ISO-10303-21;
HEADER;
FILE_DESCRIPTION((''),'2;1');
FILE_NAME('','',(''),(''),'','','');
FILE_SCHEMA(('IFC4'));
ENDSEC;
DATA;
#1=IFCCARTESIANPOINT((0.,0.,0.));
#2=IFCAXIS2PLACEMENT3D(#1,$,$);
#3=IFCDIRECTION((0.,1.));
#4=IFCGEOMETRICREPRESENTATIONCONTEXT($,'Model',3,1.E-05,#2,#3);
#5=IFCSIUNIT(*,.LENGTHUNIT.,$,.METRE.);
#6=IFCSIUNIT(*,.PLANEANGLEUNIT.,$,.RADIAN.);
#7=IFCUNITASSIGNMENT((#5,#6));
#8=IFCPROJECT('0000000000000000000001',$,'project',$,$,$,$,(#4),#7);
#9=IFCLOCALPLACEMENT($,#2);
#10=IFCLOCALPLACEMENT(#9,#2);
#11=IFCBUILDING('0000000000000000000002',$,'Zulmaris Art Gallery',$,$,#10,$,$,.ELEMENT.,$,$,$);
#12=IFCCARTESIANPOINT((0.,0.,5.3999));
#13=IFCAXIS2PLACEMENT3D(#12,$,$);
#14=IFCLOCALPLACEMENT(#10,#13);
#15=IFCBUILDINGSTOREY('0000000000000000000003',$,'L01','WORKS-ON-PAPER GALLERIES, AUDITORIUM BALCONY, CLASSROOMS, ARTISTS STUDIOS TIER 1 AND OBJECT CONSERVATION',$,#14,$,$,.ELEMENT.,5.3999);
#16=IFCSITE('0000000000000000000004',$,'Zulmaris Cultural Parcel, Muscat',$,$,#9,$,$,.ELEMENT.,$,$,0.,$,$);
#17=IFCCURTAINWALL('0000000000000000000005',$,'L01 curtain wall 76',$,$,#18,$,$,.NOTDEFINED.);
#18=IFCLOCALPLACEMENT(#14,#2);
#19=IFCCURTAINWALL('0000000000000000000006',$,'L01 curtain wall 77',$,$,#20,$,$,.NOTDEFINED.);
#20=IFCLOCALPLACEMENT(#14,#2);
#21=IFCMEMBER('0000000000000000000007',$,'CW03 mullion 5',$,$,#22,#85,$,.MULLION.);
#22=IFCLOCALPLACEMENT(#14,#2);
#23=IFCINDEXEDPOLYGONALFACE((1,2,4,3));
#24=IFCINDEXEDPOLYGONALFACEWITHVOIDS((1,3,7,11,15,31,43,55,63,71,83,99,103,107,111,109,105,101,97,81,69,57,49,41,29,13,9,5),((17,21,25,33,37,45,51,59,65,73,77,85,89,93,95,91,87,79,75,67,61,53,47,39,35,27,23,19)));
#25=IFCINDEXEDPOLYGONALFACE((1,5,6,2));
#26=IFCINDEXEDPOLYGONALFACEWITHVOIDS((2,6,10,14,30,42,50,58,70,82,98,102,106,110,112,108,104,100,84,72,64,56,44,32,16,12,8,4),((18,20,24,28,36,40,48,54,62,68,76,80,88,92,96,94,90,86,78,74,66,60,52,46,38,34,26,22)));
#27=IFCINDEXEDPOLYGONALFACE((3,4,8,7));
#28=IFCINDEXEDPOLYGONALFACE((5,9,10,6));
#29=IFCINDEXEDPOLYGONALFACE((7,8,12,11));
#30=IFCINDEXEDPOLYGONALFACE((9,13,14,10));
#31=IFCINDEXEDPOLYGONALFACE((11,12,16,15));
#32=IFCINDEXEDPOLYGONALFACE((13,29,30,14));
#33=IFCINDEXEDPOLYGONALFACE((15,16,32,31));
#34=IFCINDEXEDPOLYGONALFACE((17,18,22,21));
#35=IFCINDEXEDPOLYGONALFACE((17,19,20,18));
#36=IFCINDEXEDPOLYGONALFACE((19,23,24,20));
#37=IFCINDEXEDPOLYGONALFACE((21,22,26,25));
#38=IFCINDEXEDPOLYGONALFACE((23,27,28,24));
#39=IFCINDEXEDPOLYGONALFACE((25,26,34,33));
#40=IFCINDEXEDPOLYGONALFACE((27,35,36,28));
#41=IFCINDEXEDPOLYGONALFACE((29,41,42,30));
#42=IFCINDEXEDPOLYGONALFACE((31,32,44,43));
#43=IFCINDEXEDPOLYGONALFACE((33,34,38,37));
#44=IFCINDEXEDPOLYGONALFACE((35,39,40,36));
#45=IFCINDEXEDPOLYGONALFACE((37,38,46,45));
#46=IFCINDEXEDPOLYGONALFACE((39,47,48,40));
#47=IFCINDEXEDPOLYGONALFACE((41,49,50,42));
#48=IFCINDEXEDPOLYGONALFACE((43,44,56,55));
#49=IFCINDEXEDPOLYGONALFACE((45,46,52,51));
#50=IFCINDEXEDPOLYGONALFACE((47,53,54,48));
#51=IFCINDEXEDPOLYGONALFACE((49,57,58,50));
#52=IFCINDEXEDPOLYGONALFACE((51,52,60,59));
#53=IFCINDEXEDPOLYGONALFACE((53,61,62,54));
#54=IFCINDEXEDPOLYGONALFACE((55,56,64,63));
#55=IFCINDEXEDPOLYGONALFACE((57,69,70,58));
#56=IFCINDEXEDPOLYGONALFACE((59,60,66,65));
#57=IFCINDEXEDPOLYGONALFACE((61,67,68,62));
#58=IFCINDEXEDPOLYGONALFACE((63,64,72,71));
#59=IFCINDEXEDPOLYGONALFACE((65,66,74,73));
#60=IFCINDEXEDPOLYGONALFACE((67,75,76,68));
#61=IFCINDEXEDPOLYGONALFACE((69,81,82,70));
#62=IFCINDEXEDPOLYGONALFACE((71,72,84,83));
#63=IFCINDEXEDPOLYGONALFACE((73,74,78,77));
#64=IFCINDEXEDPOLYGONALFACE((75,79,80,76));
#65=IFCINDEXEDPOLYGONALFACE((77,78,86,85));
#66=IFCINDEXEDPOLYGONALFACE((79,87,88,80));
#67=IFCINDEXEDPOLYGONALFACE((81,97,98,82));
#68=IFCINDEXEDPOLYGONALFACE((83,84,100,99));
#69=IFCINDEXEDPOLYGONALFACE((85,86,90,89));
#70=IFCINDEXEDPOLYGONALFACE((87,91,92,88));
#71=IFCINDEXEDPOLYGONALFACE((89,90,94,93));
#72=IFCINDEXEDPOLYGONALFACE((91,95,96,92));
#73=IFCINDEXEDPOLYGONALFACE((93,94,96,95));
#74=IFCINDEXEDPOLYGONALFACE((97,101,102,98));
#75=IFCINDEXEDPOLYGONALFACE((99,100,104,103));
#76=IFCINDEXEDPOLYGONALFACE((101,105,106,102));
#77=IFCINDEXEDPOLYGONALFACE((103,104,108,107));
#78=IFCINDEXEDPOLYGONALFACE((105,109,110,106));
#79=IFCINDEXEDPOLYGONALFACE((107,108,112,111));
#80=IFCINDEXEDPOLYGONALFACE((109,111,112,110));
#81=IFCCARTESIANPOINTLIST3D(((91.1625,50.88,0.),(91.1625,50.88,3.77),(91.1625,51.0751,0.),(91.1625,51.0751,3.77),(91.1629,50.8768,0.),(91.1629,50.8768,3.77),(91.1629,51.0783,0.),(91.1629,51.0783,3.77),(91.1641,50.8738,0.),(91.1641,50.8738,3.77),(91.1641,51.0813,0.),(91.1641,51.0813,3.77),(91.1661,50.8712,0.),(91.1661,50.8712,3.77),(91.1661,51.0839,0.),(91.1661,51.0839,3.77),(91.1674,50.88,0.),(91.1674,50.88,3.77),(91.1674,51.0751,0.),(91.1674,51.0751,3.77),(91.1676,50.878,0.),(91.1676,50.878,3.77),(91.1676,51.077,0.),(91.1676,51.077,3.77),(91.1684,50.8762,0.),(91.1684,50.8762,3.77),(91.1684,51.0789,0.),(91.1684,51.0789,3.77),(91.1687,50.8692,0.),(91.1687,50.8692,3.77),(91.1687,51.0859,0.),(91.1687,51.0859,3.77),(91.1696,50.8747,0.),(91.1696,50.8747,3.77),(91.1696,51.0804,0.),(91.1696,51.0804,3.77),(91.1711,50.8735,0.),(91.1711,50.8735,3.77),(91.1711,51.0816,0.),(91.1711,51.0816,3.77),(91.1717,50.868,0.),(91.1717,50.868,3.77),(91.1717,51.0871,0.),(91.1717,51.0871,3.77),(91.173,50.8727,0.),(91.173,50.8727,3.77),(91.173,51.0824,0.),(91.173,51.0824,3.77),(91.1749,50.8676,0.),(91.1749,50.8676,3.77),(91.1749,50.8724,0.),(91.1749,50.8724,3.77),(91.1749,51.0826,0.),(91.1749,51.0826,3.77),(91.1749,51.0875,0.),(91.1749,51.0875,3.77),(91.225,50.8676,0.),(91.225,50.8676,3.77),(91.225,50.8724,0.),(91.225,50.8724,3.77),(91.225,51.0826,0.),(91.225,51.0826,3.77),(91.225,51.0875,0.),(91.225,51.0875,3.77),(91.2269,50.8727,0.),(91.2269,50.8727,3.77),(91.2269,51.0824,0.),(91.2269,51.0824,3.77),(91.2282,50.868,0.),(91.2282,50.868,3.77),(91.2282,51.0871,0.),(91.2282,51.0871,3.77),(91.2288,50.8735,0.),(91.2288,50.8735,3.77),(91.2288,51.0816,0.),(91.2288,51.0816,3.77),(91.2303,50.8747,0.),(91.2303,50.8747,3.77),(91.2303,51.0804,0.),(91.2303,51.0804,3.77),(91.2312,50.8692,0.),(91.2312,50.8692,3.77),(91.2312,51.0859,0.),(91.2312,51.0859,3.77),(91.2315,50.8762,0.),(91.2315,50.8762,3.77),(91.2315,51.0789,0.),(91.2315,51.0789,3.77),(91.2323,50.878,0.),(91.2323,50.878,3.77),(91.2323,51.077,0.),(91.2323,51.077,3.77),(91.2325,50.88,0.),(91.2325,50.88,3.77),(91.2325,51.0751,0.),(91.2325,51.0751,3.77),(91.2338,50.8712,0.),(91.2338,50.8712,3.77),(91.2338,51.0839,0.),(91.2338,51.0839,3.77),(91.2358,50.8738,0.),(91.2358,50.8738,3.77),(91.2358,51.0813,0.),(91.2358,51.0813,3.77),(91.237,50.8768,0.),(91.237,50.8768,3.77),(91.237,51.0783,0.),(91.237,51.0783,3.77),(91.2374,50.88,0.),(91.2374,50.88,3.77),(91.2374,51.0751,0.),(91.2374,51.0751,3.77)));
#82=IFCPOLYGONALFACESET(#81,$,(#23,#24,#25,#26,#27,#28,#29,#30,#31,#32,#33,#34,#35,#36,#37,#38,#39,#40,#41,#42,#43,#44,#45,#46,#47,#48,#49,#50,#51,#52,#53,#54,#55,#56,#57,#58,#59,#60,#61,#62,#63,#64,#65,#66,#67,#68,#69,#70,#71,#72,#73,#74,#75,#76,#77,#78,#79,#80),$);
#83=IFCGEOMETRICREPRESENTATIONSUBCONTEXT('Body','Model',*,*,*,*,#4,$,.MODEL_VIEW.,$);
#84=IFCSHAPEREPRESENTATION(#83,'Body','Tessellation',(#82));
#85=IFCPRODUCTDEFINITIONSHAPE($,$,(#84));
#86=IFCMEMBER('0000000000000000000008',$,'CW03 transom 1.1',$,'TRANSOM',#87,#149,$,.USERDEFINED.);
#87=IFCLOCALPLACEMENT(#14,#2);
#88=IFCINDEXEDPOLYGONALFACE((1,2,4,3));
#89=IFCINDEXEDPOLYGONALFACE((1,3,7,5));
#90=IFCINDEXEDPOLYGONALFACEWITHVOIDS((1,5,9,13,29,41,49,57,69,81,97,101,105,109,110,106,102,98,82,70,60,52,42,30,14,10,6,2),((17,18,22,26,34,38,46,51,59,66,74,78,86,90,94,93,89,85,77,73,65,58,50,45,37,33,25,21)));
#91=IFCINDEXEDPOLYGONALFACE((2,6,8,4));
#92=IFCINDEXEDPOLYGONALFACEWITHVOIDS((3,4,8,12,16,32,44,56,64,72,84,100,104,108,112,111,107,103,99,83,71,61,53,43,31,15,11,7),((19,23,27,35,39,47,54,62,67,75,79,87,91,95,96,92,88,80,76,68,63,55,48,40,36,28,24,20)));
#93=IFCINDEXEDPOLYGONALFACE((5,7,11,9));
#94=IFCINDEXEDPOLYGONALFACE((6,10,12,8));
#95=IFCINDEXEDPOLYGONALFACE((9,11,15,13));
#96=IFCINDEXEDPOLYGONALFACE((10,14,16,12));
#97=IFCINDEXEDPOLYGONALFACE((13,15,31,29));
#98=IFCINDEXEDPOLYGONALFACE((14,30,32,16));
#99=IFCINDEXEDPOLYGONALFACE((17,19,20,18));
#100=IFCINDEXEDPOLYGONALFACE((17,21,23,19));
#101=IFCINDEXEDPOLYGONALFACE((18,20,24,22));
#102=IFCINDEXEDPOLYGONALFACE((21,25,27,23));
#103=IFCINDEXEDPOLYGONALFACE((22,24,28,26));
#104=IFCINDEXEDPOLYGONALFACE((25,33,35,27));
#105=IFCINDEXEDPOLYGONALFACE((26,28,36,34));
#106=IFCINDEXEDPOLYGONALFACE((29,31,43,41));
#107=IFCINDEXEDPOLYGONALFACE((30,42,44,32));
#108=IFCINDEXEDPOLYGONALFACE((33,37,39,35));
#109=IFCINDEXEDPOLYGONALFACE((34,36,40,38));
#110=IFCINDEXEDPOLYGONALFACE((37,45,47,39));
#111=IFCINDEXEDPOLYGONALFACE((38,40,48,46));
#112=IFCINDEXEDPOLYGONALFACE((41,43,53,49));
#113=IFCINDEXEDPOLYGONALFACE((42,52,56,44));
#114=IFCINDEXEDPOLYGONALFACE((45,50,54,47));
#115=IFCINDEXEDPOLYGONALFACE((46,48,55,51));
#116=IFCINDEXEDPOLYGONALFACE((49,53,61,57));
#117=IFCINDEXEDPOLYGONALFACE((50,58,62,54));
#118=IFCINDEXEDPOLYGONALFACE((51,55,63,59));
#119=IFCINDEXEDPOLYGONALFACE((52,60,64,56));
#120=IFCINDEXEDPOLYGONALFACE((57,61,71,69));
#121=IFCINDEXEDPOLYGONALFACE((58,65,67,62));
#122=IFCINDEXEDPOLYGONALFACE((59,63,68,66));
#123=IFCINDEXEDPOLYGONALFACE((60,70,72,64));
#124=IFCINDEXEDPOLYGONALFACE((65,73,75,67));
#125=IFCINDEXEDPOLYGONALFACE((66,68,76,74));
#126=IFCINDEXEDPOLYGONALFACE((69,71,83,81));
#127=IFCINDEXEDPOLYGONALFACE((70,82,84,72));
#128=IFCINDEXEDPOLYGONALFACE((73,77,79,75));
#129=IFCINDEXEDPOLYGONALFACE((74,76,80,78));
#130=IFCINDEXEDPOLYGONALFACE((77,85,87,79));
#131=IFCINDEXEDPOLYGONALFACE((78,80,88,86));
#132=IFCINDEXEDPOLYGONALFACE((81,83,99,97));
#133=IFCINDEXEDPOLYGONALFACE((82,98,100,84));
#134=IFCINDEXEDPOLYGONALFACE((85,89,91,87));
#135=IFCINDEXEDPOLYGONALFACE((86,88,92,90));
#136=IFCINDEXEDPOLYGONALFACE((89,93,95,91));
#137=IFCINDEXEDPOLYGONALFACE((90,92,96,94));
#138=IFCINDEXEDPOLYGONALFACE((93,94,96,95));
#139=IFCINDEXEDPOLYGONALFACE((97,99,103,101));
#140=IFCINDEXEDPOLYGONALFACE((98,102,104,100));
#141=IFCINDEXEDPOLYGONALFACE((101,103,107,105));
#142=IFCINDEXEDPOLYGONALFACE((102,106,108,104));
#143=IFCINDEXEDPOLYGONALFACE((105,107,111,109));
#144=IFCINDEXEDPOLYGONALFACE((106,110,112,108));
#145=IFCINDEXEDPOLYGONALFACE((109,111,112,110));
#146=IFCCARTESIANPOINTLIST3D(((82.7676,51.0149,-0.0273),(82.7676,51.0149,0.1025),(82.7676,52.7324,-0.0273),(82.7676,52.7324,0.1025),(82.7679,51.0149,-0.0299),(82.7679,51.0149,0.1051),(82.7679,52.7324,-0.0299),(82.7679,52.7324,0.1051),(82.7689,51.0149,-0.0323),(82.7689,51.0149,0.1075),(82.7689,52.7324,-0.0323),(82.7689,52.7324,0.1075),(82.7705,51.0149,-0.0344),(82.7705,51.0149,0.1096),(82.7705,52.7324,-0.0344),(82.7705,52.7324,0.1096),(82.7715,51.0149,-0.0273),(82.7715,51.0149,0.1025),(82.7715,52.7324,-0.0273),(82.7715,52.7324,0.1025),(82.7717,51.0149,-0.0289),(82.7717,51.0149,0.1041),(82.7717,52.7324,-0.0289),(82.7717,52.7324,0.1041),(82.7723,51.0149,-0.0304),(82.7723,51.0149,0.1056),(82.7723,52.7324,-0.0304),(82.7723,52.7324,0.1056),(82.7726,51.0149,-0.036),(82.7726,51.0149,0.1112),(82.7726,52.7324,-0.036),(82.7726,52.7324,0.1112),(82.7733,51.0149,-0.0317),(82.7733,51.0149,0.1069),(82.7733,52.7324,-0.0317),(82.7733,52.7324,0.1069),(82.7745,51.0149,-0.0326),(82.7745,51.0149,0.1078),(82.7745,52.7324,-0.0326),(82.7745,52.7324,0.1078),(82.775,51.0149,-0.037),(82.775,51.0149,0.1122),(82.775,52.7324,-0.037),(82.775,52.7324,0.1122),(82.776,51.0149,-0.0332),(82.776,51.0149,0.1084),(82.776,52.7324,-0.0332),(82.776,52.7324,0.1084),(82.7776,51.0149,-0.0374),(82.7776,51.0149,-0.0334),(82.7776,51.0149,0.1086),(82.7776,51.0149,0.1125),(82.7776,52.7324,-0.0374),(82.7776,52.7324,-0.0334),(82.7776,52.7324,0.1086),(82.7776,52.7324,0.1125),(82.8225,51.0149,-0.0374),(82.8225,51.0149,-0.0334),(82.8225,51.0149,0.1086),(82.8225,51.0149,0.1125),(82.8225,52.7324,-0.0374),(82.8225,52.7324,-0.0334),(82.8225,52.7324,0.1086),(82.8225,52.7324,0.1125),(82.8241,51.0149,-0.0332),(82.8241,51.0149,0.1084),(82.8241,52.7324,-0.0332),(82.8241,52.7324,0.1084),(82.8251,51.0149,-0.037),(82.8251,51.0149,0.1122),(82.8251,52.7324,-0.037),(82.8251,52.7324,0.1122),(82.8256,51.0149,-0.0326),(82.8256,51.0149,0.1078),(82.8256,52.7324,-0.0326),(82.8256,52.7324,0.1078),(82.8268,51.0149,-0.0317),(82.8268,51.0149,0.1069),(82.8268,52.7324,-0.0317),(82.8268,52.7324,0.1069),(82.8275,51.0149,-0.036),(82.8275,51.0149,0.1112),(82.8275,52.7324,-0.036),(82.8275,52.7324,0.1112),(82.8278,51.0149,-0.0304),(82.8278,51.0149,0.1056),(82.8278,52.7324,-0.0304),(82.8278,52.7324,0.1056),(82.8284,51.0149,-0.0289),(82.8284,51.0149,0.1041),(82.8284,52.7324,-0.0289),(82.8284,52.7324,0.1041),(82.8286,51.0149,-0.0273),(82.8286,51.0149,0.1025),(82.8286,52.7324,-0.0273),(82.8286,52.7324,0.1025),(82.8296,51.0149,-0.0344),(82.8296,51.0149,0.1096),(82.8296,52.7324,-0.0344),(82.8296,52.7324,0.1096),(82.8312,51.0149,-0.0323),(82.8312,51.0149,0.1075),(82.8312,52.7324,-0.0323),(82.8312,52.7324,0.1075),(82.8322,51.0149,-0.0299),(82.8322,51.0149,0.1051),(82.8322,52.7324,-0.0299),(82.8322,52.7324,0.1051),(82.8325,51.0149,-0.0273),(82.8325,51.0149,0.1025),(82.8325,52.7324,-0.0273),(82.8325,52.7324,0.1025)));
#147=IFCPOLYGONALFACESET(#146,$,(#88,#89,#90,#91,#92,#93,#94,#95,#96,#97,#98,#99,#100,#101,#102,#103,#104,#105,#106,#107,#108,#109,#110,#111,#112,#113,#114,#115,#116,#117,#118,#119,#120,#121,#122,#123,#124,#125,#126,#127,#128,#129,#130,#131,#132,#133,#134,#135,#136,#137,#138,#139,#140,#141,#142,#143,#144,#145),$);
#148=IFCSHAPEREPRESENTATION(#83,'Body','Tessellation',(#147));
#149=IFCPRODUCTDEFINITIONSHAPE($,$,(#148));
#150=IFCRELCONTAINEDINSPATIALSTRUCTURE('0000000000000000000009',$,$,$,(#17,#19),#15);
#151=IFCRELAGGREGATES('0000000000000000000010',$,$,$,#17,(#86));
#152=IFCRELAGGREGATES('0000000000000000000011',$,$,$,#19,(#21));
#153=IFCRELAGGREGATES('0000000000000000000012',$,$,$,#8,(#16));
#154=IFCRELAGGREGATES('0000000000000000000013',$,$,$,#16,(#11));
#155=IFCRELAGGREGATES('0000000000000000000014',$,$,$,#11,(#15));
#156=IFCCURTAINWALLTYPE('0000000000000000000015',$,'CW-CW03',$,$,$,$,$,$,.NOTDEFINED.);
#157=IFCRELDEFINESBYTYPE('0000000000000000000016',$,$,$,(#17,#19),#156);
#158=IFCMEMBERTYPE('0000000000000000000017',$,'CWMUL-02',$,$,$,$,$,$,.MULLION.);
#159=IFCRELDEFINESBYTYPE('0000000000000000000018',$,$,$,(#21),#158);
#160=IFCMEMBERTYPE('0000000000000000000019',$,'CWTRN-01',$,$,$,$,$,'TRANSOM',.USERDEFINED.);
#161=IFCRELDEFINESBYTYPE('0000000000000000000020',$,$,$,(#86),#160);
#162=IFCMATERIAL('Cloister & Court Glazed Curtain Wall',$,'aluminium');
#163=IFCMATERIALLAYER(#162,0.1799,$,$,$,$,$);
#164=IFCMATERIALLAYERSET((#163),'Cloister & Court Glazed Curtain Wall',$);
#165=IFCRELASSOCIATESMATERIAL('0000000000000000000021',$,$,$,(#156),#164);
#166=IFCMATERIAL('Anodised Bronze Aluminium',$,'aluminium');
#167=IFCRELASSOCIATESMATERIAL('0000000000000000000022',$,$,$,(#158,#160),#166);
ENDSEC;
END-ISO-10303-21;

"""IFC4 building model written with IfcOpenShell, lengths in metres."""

from ifc_helpers import new_model, si_unit, direction, frame, origin, origin_2d, place, context, subcontext, project, spatial, hollow_rectangle, extrude, material, layer, layer_set, material_profile, profile_set, type_object, element, aggregate, save


model = new_model("IFC4")

# Units and contexts
model_context = context("Model", 3, precision=1e-05, world=origin(), true_north=direction((0.0, 1.0)))
body_context = subcontext(model_context, "Body", "Model", "MODEL_VIEW")
ifc_project = project(units=[si_unit("LENGTHUNIT", "METRE"), si_unit("PLANEANGLEUNIT", "RADIAN")], contexts=[model_context])

# Site, building, storey
site_placement = place(None, origin())
site = spatial("IfcSite", under=ifc_project, at=site_placement, Name="Zulmaris Cultural Parcel, Muscat", CompositionType="ELEMENT", RefElevation=0.0)
building_placement = place(site_placement, origin())
building = spatial("IfcBuilding", under=site, at=building_placement, Name="Zulmaris Art Gallery", CompositionType="ELEMENT")
storey_placement = place(building_placement, frame((0.0, 0.0, 5.3999)))
storey = spatial("IfcBuildingStorey", under=building, at=storey_placement, Name="L01", Description="WORKS-ON-PAPER GALLERIES, AUDITORIUM BALCONY, CLASSROOMS, ARTISTS STUDIOS TIER 1 AND OBJECT CONSERVATION", CompositionType="ELEMENT", Elevation=5.3999)

# Shared definitions
ifc_material_1 = material(Name="Cloister & Court Glazed Curtain Wall", Category="aluminium")
ifc_layer_1 = layer(ifc_material_1, 0.1799)
ifc_layer_set_1 = layer_set([ifc_layer_1], Name="Cloister & Court Glazed Curtain Wall")
curtain_wall_type = type_object("IfcCurtainWallType", Name="CW-CW03", PredefinedType="NOTDEFINED", material=ifc_layer_set_1)
ifc_material_2 = material(Name="Anodised Bronze Aluminium", Category="aluminium")
ifc_material_profile_1 = material_profile(ifc_material_2, hollow_rectangle(XDim=0.075, YDim=0.22, WallThickness=0.0049, InnerFilletRadius=0.0076, OuterFilletRadius=0.0125, at=origin_2d()), Name="ALU 75x220x5")
ifc_profile_set_1 = profile_set([ifc_material_profile_1], Name="Anodised Bronze Aluminium")
member_type_1 = type_object("IfcMemberType", Name="CWMUL-02", PredefinedType="MULLION", material=ifc_profile_set_1)

# Curtain walls, member
curtain_wall_1_placement = place(storey_placement, origin())
curtain_wall_1 = element("IfcCurtainWall", 1, at=curtain_wall_1_placement, inside=storey, type_object=curtain_wall_type, Name="L01 curtain wall 76", PredefinedType="NOTDEFINED")
curtain_wall_2_placement = place(storey_placement, origin())
curtain_wall_2 = element("IfcCurtainWall", 2, at=curtain_wall_2_placement, inside=storey, type_object=curtain_wall_type, Name="L01 curtain wall 77", PredefinedType="NOTDEFINED")
member_1_placement = place(storey_placement, frame((91.2, 50.9775, 0.0), z_axis=(0.0, 0.0, 1.0), x_axis=(1.0, 0.0, 0.0)))
member_1 = element("IfcMember", 3, at=member_1_placement, type_object=member_type_1, Name="CW03 mullion 5", PredefinedType="MULLION", context=body_context, shape_type="SweptSolid", body=[
    extrude(hollow_rectangle(XDim=0.075, YDim=0.22, WallThickness=0.0049, InnerFilletRadius=0.0076, OuterFilletRadius=0.0125, at=origin_2d()), origin(), (0.0, 0.0, 1.0), 3.77),
])

# Member
ifc_material_profile_2 = material_profile(ifc_material_2, hollow_rectangle(XDim=0.0649, YDim=0.1499, WallThickness=0.0039, InnerFilletRadius=0.0061, OuterFilletRadius=0.01, at=origin_2d()), Name="ALU 65x150x4")
ifc_profile_set_2 = profile_set([ifc_material_profile_2], Name="Anodised Bronze Aluminium")
member_type_2 = type_object("IfcMemberType", Name="CWTRN-01", ElementType="TRANSOM", PredefinedType="USERDEFINED", material=ifc_profile_set_2)
member_2_placement = place(storey_placement, frame((82.8, 51.0149, 0.0376), z_axis=(0.0, 1.0, 0.0), x_axis=(-1.0, 0.0, 0.0)))
member_2 = element("IfcMember", 4, at=member_2_placement, type_object=member_type_2, Name="CW03 transom 1.1", ObjectType="TRANSOM", PredefinedType="USERDEFINED", context=body_context, shape_type="SweptSolid", body=[
    extrude(hollow_rectangle(XDim=0.0649, YDim=0.1499, WallThickness=0.0039, InnerFilletRadius=0.0061, OuterFilletRadius=0.01, at=origin_2d()), origin(), (0.0, 0.0, 1.0), 1.7175),
])

aggregate(curtain_wall_1, [member_2])
aggregate(curtain_wall_2, [member_1])

save(model, "model.ifc")
